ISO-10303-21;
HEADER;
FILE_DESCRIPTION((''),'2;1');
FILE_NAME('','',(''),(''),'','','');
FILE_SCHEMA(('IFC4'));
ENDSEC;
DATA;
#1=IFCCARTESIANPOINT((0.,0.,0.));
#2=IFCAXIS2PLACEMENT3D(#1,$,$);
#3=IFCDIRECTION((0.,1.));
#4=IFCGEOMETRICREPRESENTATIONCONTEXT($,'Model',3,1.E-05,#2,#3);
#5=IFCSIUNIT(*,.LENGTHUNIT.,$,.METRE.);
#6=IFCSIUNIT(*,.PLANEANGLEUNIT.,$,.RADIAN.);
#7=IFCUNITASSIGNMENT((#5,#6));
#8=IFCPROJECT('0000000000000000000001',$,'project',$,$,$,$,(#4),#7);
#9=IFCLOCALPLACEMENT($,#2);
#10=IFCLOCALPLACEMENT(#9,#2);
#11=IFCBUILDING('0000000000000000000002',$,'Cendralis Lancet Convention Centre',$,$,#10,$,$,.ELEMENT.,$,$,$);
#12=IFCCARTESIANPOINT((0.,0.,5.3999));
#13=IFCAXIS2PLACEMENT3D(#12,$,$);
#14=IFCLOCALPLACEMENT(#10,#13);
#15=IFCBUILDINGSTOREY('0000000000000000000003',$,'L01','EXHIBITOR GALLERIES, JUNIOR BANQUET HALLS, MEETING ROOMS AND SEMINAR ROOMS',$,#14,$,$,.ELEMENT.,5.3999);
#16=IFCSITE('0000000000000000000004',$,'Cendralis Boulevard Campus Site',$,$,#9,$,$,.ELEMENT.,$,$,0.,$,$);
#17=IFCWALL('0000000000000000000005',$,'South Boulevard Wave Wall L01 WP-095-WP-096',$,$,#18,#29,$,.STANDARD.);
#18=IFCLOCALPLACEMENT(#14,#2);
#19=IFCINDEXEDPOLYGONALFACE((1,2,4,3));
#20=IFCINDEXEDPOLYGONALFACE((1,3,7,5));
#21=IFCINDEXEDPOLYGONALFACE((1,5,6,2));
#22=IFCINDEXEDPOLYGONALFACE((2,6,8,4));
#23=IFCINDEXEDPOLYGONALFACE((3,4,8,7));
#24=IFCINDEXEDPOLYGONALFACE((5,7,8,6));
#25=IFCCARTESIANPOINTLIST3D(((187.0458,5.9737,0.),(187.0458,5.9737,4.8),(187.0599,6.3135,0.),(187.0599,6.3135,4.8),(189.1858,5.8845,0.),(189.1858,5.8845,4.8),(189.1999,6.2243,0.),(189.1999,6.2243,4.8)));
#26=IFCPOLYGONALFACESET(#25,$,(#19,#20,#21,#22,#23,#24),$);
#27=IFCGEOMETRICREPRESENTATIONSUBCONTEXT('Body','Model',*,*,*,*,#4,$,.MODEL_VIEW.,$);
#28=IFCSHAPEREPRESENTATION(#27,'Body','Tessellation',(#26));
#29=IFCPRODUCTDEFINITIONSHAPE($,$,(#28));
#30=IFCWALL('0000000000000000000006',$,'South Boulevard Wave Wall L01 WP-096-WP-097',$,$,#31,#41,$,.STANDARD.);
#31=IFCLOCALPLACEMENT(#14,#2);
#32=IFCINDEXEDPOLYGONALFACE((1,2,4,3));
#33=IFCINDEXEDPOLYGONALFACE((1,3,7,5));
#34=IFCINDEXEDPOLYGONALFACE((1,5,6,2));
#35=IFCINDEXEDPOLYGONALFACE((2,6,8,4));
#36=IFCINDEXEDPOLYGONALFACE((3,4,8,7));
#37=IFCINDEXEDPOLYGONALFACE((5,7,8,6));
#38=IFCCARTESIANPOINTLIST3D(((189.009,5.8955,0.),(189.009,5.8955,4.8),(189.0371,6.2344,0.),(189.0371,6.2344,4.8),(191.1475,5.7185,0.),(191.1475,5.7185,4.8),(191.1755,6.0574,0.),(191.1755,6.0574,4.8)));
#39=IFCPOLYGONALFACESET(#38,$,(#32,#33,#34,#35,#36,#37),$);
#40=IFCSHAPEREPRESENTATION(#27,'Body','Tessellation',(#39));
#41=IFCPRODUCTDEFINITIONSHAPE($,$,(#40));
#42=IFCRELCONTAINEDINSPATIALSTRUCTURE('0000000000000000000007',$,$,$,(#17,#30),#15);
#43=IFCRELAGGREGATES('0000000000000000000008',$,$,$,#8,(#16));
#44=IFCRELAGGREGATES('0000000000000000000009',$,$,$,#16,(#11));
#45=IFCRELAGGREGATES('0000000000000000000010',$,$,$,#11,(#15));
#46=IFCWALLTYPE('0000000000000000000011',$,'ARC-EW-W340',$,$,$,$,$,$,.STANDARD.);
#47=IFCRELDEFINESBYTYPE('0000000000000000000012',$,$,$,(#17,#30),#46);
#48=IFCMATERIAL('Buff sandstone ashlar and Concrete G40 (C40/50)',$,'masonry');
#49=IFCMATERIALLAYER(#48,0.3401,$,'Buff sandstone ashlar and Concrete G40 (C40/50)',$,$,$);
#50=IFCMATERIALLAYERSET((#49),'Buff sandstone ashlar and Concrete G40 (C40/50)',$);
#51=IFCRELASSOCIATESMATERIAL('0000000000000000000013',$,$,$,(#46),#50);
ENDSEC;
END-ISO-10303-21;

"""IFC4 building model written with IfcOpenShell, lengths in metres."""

from ifc_helpers import new_model, si_unit, direction, frame, frame_2d, origin, place, context, subcontext, project, spatial, rectangle, extrude, material, layer, layer_set, type_object, element, save


model = new_model("IFC4")

# Units and contexts
model_context = context("Model", 3, precision=1e-05, world=origin(), true_north=direction((0.0, 1.0)))
body_context = subcontext(model_context, "Body", "Model", "MODEL_VIEW")
ifc_project = project(units=[si_unit("LENGTHUNIT", "METRE"), si_unit("PLANEANGLEUNIT", "RADIAN")], contexts=[model_context])

# Site, building, storey
site_placement = place(None, origin())
site = spatial("IfcSite", under=ifc_project, at=site_placement, Name="Cendralis Boulevard Campus Site", CompositionType="ELEMENT", RefElevation=0.0)
building_placement = place(site_placement, origin())
building = spatial("IfcBuilding", under=site, at=building_placement, Name="Cendralis Lancet Convention Centre", CompositionType="ELEMENT")
storey_placement = place(building_placement, frame((0.0, 0.0, 5.3999)))
storey = spatial("IfcBuildingStorey", under=building, at=storey_placement, Name="L01", Description="EXHIBITOR GALLERIES, JUNIOR BANQUET HALLS, MEETING ROOMS AND SEMINAR ROOMS", CompositionType="ELEMENT", Elevation=5.3999)

# Walls
ifc_material_1 = material(Name="Buff sandstone ashlar and Concrete G40 (C40/50)", Category="masonry")
ifc_layer = layer(ifc_material_1, 0.3401, Name="Buff sandstone ashlar and Concrete G40 (C40/50)")
ifc_layer_set = layer_set([ifc_layer], Name="Buff sandstone ashlar and Concrete G40 (C40/50)")
wall_type = type_object("IfcWallType", Name="ARC-EW-W340", PredefinedType="STANDARD", material=ifc_layer_set)
wall_1_placement = place(storey_placement, frame((187.053, 6.1436, 0.0), z_axis=(0.0, 0.0, 1.0), x_axis=(0.999134, -0.041607, 0.0)))
element("IfcWall", 1, at=wall_1_placement, inside=storey, type_object=wall_type, Name="South Boulevard Wave Wall L01 WP-095-WP-096", PredefinedType="STANDARD", context=body_context, shape_type="SweptSolid", body=[
    extrude(rectangle(XDim=2.1418, YDim=0.3401, at=frame_2d((1.0708, 0.0))), origin(), (0.0, 0.0, 1.0), 4.8),
])
wall_2_placement = place(storey_placement, frame((189.0232, 6.0649, 0.0), z_axis=(0.0, 0.0, 1.0), x_axis=(0.996592, -0.08249, 0.0)))
element("IfcWall", 2, at=wall_2_placement, inside=storey, type_object=wall_type, Name="South Boulevard Wave Wall L01 WP-096-WP-097", PredefinedType="STANDARD", context=body_context, shape_type="SweptSolid", body=[
    extrude(rectangle(XDim=2.1458, YDim=0.3401, at=frame_2d((1.0728, 0.0))), origin(), (0.0, 0.0, 1.0), 4.8),
])

save(model, "model.ifc")
